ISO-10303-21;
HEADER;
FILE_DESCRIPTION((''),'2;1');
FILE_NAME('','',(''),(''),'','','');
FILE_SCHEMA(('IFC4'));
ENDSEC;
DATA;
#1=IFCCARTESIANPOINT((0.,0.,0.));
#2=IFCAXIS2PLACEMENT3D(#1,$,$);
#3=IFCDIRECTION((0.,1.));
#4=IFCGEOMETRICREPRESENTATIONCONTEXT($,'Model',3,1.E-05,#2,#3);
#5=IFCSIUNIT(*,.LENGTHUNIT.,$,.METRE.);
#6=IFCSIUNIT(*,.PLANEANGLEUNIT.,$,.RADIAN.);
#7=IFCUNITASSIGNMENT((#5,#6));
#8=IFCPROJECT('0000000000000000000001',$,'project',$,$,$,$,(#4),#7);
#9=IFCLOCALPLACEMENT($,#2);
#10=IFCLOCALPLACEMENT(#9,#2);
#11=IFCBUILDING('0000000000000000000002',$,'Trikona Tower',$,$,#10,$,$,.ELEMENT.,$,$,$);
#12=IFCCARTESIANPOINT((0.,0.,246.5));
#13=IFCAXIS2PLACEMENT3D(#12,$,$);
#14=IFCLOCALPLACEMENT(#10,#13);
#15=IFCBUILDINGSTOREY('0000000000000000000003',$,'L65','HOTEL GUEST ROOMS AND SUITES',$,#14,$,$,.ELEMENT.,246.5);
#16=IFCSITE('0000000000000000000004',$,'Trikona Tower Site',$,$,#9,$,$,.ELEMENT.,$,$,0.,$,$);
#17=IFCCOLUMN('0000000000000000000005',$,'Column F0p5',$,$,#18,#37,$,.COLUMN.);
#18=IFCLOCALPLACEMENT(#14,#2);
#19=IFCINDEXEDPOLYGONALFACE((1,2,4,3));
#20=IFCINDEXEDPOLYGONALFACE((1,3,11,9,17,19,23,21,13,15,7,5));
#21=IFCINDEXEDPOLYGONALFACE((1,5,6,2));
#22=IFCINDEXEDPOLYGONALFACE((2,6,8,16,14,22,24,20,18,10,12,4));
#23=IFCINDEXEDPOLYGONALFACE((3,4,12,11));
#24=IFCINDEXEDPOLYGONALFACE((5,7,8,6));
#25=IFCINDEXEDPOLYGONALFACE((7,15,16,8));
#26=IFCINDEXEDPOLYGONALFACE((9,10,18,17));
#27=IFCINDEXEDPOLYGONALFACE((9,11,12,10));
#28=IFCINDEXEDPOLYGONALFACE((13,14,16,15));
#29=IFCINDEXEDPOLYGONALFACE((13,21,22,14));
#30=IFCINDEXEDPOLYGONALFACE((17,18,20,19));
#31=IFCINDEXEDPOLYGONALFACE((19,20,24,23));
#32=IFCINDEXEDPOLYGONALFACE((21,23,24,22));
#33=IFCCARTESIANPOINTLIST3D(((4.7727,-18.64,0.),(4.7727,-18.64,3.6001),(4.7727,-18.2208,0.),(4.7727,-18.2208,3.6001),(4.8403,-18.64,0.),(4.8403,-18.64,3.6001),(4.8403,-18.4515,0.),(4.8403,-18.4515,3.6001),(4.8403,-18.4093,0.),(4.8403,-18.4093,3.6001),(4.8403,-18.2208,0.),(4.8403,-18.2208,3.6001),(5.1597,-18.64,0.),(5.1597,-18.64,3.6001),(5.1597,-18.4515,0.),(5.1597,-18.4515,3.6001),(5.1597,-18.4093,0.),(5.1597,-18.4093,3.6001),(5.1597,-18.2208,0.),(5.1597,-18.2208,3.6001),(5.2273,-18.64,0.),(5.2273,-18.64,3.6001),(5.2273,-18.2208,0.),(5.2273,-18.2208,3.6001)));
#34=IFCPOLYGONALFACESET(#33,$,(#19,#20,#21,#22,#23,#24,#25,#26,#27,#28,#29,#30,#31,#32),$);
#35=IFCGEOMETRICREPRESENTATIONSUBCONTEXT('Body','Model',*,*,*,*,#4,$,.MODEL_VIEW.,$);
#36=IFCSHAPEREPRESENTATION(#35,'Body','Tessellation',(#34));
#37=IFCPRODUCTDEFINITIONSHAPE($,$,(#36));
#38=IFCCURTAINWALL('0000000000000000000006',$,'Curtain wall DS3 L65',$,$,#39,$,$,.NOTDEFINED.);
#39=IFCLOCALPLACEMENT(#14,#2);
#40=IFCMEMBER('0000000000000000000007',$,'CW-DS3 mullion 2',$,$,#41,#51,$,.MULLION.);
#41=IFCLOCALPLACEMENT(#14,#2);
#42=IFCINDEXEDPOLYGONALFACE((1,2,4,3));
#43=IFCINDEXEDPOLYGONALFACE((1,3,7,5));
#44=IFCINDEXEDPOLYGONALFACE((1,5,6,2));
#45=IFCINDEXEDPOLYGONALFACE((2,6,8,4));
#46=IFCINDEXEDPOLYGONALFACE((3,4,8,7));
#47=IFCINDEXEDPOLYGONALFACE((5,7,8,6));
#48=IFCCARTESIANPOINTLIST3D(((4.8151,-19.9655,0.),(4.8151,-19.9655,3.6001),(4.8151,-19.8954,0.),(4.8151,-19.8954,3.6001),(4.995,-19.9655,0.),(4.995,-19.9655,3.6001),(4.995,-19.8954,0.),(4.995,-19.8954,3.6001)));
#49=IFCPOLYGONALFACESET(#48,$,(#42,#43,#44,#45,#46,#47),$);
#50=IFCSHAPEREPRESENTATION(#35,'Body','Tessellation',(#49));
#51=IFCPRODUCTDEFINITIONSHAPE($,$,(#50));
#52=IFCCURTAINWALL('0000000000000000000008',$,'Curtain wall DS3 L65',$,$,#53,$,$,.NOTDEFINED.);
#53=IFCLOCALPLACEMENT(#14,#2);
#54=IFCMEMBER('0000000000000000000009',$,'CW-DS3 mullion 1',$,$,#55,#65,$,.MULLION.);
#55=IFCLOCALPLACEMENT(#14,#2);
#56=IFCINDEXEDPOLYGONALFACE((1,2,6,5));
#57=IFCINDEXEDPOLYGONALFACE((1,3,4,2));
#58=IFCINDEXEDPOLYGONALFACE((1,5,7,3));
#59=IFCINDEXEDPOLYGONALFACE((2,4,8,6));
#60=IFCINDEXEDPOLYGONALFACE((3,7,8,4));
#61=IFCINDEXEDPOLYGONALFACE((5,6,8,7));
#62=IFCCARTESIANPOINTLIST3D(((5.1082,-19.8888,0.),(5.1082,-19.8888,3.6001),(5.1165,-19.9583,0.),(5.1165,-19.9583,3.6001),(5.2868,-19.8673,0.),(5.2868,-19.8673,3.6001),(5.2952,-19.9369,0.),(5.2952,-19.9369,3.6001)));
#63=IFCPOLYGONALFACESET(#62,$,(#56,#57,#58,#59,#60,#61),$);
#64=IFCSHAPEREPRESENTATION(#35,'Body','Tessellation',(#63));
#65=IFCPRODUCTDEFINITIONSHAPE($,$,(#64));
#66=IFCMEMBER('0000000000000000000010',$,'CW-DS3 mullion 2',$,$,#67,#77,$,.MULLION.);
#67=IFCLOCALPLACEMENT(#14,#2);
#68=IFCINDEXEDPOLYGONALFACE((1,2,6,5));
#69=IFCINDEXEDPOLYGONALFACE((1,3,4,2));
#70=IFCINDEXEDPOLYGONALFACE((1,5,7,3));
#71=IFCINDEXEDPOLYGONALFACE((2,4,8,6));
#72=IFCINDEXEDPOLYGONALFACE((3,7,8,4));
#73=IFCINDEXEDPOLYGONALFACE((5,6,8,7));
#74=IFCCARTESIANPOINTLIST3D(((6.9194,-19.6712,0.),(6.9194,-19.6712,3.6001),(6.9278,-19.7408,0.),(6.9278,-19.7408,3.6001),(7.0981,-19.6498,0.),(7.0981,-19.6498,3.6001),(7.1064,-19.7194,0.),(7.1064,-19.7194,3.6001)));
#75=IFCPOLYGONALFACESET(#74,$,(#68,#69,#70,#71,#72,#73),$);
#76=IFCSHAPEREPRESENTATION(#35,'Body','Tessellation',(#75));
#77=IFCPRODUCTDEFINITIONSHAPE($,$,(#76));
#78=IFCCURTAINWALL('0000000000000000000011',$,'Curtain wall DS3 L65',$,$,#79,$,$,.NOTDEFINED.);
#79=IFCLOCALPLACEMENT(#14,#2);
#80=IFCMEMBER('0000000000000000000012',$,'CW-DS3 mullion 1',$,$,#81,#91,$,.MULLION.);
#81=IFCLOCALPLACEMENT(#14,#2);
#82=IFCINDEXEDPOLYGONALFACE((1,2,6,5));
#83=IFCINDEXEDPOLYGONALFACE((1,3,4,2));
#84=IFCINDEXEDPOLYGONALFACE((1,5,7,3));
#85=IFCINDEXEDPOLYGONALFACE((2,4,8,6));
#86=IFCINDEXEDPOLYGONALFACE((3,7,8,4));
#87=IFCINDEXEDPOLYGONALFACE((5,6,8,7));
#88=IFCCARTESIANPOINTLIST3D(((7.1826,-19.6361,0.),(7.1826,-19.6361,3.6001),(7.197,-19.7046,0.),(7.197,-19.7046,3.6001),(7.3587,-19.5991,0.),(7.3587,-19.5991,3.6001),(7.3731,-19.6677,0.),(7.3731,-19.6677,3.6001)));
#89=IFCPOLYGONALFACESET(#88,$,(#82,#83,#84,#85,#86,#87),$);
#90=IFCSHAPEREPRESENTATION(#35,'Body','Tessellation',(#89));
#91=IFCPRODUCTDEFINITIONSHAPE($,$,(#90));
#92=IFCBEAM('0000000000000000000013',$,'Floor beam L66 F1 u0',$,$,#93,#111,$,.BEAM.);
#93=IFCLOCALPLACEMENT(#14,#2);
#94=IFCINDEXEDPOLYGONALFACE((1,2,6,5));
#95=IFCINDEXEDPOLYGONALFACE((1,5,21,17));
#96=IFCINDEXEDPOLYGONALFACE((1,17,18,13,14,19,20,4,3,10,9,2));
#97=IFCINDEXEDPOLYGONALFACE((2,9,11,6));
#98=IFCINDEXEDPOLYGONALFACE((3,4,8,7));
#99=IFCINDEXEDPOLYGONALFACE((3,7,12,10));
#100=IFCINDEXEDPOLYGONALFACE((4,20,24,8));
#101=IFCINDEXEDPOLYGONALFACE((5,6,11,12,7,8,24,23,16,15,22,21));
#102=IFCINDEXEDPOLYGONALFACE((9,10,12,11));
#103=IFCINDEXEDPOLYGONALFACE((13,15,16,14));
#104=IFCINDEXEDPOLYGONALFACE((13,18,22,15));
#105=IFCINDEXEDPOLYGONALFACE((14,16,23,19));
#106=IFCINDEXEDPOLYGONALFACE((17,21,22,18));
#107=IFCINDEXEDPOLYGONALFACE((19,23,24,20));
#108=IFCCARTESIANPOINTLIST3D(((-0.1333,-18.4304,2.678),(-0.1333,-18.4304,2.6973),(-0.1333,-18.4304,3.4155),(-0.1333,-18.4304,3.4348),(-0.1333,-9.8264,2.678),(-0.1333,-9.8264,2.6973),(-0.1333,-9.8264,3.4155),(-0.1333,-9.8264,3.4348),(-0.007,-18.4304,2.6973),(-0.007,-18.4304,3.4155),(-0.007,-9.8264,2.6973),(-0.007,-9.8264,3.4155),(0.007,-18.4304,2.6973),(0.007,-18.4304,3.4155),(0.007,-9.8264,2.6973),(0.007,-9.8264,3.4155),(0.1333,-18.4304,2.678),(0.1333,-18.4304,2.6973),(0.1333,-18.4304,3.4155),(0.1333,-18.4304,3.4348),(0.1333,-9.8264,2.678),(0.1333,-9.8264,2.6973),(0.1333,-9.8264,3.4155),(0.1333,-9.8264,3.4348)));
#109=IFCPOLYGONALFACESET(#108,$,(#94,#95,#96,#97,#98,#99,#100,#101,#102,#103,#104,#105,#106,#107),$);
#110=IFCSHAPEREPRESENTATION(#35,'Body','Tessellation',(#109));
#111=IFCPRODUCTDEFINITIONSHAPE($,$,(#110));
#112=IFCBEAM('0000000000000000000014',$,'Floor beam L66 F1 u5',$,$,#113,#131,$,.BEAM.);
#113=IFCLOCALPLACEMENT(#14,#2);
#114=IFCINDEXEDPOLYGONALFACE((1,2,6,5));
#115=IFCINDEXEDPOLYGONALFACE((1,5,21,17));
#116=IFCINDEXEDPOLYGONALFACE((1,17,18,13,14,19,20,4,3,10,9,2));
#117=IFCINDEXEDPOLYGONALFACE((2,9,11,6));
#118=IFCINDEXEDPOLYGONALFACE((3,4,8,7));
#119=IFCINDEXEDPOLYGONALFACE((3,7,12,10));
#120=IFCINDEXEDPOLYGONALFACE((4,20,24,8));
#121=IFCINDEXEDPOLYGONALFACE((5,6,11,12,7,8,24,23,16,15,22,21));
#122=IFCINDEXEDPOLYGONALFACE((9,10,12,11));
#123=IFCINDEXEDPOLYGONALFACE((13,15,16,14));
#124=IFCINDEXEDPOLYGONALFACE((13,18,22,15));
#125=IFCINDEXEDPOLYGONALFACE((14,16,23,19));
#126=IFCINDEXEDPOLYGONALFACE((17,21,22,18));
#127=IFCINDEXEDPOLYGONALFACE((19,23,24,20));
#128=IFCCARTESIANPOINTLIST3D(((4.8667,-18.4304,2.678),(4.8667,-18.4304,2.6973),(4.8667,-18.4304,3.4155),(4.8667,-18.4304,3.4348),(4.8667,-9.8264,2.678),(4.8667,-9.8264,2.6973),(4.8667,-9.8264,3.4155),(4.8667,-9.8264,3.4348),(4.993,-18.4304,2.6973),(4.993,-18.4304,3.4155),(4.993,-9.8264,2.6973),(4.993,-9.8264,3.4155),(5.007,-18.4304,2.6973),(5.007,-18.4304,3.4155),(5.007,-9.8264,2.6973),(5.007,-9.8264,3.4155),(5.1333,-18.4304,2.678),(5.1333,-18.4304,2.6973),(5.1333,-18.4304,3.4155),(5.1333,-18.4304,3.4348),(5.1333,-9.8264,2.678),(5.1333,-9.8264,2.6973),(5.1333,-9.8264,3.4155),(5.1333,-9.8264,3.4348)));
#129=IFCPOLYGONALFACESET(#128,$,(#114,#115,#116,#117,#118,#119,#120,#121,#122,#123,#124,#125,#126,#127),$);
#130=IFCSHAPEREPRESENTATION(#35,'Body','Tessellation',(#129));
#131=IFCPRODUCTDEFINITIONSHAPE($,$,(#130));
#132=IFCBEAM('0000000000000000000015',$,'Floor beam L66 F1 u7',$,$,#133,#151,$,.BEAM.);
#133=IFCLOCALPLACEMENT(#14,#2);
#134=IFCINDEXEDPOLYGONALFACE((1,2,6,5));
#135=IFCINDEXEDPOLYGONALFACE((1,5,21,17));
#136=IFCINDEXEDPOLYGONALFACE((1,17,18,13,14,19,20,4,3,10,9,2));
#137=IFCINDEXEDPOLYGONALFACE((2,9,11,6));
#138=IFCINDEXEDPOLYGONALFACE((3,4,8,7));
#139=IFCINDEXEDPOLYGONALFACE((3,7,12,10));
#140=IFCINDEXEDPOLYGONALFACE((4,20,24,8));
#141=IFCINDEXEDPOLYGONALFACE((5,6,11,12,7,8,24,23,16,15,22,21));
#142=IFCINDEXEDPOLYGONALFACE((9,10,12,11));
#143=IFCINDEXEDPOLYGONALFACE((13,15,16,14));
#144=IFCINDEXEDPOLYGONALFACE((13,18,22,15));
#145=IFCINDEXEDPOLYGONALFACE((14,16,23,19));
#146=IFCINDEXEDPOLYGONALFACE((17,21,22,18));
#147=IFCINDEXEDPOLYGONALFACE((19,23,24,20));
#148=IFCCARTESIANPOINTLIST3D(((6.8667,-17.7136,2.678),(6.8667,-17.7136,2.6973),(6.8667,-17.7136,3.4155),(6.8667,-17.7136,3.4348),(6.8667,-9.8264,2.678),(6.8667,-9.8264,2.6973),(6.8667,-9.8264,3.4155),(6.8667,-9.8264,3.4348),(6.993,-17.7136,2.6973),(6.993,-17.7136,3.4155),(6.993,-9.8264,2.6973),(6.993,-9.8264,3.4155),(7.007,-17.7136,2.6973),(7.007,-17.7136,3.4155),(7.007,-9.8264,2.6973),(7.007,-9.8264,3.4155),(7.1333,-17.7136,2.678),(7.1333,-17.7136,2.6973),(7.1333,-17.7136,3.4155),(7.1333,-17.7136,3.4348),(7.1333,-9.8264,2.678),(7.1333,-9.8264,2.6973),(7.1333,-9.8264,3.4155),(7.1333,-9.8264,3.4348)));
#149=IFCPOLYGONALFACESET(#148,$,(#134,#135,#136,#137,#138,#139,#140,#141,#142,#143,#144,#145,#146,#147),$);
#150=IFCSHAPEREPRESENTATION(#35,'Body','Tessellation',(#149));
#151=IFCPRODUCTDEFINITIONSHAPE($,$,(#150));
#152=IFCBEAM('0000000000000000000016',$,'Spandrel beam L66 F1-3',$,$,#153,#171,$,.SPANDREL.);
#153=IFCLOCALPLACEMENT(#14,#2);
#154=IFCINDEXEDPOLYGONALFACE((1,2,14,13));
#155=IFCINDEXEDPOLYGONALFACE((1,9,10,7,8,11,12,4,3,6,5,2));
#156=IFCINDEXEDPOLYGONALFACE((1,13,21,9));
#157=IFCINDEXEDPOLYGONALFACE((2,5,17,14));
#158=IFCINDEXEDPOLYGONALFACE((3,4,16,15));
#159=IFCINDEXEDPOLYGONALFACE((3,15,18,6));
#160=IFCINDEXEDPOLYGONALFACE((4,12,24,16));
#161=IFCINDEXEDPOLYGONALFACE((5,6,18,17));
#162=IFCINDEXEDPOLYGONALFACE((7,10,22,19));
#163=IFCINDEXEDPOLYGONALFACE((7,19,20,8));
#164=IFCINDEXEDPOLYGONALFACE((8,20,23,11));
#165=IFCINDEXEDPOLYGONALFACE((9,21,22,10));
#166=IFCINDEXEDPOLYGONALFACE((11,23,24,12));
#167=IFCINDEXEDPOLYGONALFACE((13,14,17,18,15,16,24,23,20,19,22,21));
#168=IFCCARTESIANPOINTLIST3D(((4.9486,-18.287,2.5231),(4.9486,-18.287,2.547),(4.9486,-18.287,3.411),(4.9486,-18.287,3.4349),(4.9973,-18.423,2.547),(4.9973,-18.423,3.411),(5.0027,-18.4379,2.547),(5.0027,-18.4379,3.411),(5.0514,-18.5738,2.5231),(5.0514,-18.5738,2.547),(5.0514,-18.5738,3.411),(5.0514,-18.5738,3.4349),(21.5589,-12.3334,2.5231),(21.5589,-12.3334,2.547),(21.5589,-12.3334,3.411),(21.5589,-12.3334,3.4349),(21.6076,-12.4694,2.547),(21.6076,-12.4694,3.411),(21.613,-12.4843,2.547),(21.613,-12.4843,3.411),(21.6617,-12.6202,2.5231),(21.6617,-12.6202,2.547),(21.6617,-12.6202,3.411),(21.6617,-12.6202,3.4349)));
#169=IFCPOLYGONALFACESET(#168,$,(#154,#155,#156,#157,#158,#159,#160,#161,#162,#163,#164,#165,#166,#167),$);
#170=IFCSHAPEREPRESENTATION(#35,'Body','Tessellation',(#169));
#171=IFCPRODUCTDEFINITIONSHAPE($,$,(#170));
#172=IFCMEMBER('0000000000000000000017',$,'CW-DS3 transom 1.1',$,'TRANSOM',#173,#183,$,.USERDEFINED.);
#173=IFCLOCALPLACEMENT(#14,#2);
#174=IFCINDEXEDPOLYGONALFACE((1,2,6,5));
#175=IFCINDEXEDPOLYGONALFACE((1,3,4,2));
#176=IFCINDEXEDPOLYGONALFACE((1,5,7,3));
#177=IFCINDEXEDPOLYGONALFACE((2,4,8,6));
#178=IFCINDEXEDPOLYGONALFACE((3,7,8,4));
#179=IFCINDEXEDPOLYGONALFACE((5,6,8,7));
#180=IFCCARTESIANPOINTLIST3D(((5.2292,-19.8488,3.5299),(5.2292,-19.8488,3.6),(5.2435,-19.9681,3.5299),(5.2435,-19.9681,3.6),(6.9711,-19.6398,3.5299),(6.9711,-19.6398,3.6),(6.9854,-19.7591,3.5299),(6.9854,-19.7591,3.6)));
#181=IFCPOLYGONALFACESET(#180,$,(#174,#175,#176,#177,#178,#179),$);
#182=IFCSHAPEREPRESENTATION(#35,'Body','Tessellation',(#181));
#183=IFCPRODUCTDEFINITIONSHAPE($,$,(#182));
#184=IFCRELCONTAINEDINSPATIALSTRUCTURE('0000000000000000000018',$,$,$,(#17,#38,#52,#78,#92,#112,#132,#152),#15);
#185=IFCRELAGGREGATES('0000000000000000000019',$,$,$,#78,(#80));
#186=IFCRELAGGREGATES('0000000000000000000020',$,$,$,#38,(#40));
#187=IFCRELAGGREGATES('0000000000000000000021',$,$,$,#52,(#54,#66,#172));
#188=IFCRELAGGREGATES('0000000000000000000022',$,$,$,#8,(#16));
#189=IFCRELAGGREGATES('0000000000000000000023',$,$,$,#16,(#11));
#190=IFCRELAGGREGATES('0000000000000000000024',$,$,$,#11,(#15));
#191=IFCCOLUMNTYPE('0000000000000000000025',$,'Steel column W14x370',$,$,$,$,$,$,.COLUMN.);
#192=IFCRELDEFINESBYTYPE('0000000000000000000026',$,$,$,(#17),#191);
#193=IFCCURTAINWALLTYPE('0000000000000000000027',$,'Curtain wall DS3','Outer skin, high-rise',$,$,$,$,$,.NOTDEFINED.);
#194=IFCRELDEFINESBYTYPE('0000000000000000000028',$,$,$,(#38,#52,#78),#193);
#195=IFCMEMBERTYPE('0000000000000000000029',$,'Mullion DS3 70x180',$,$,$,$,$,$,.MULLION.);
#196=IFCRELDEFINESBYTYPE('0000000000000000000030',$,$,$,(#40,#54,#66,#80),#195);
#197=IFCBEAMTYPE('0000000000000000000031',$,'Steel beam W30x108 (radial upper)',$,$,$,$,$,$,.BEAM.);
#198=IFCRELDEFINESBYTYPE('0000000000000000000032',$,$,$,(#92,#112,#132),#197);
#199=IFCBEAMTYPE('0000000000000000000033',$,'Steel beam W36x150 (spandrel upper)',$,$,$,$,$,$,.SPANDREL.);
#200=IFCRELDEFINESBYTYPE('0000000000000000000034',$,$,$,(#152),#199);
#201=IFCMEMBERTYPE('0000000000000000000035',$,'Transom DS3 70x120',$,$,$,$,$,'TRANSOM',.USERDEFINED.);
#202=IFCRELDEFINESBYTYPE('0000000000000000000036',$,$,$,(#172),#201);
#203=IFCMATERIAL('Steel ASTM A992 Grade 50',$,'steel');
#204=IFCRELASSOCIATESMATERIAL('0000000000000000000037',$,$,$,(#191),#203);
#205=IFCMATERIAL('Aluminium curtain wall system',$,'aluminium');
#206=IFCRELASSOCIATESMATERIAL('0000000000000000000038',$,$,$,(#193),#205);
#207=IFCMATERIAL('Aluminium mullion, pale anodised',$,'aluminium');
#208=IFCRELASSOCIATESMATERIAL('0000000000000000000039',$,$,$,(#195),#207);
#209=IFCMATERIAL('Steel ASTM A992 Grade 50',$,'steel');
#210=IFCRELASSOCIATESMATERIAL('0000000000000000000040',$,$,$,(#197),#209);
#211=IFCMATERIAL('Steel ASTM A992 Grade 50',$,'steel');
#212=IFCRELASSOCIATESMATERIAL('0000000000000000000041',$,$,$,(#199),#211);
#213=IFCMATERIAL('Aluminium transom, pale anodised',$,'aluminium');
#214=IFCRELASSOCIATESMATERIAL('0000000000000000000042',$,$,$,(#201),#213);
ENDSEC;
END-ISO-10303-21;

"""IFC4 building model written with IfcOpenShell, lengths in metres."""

from ifc_helpers import new_model, si_unit, direction, frame, origin, origin_2d, place, context, subcontext, project, spatial, rectangle, i_section, extrude, material, material_profile, profile_set, type_object, element, aggregate, save


model = new_model("IFC4")

# Units and contexts
model_context = context("Model", 3, precision=1e-05, world=origin(), true_north=direction((0.0, 1.0)))
body_context = subcontext(model_context, "Body", "Model", "MODEL_VIEW")
ifc_project = project(units=[si_unit("LENGTHUNIT", "METRE"), si_unit("PLANEANGLEUNIT", "RADIAN")], contexts=[model_context])

# Site, building, storey
site_placement = place(None, origin())
site = spatial("IfcSite", under=ifc_project, at=site_placement, Name="Trikona Tower Site", CompositionType="ELEMENT", RefElevation=0.0)
building_placement = place(site_placement, origin())
building = spatial("IfcBuilding", under=site, at=building_placement, Name="Trikona Tower", CompositionType="ELEMENT")
storey_placement = place(building_placement, frame((0.0, 0.0, 246.5)))
storey = spatial("IfcBuildingStorey", under=building, at=storey_placement, Name="L65", Description="HOTEL GUEST ROOMS AND SUITES", CompositionType="ELEMENT", Elevation=246.5)

# Column
ifc_material_1 = material(Name="Steel ASTM A992 Grade 50", Category="steel")
ifc_material_profile_1 = material_profile(ifc_material_1, i_section(OverallWidth=0.4192, OverallDepth=0.4546, WebThickness=0.0422, FlangeThickness=0.0676, at=origin_2d()), Name="W14X370")
ifc_profile_set_1 = profile_set([ifc_material_profile_1], Name="Steel ASTM A992 Grade 50")
column_type = type_object("IfcColumnType", Name="Steel column W14x370", PredefinedType="COLUMN", material=ifc_profile_set_1)
column_placement = place(storey_placement, frame((5.0, -18.4304, 0.0), z_axis=(0.0, 0.0, 1.0), x_axis=(0.0, -1.0, 0.0)))
element("IfcColumn", 1, at=column_placement, inside=storey, type_object=column_type, Name="Column F0p5", PredefinedType="COLUMN", context=body_context, shape_type="SweptSolid", body=[
    extrude(i_section(OverallWidth=0.4192, OverallDepth=0.4546, WebThickness=0.0422, FlangeThickness=0.0676, at=origin_2d()), origin(), (0.0, 0.0, 1.0), 3.6001),
])

# Curtain wall, member
ifc_material_2 = material(Name="Aluminium curtain wall system", Category="aluminium")
curtain_wall_type = type_object("IfcCurtainWallType", Name="Curtain wall DS3", Description="Outer skin, high-rise", PredefinedType="NOTDEFINED", material=ifc_material_2)
curtain_wall_1_placement = place(storey_placement, origin())
curtain_wall_1 = element("IfcCurtainWall", 2, at=curtain_wall_1_placement, inside=storey, type_object=curtain_wall_type, Name="Curtain wall DS3 L65", PredefinedType="NOTDEFINED")
ifc_material_3 = material(Name="Aluminium mullion, pale anodised", Category="aluminium")
ifc_material_profile_2 = material_profile(ifc_material_3, rectangle(XDim=0.0701, YDim=0.1799, at=origin_2d()), Name="MUL-DS3")
ifc_profile_set_2 = profile_set([ifc_material_profile_2], Name="Aluminium mullion, pale anodised")
member_type_1 = type_object("IfcMemberType", Name="Mullion DS3 70x180", PredefinedType="MULLION", material=ifc_profile_set_2)
member_1_placement = place(storey_placement, frame((4.905, -19.9304, 0.0), z_axis=(0.0, 0.0, 1.0), x_axis=(0.0, 1.0, 0.0)))
member_1 = element("IfcMember", 3, at=member_1_placement, type_object=member_type_1, Name="CW-DS3 mullion 2", PredefinedType="MULLION", context=body_context, shape_type="SweptSolid", body=[
    extrude(rectangle(XDim=0.0701, YDim=0.1799, at=origin_2d()), origin(), (0.0, 0.0, 1.0), 3.6001),
])

# Curtain wall, members
curtain_wall_2_placement = place(storey_placement, origin())
curtain_wall_2 = element("IfcCurtainWall", 4, at=curtain_wall_2_placement, inside=storey, type_object=curtain_wall_type, Name="Curtain wall DS3 L65", PredefinedType="NOTDEFINED")
member_2_placement = place(storey_placement, frame((5.2017, -19.9128, 0.0), z_axis=(0.0, 0.0, 1.0), x_axis=(-0.119141, 0.992877, 0.0)))
member_2 = element("IfcMember", 5, at=member_2_placement, type_object=member_type_1, Name="CW-DS3 mullion 1", PredefinedType="MULLION", context=body_context, shape_type="SweptSolid", body=[
    extrude(rectangle(XDim=0.0701, YDim=0.1799, at=origin_2d()), origin(), (0.0, 0.0, 1.0), 3.6001),
])
member_3_placement = place(storey_placement, frame((7.0129, -19.6953, 0.0), z_axis=(0.0, 0.0, 1.0), x_axis=(-0.119141, 0.992877, 0.0)))
member_3 = element("IfcMember", 6, at=member_3_placement, type_object=member_type_1, Name="CW-DS3 mullion 2", PredefinedType="MULLION", context=body_context, shape_type="SweptSolid", body=[
    extrude(rectangle(XDim=0.0701, YDim=0.1799, at=origin_2d()), origin(), (0.0, 0.0, 1.0), 3.6001),
])

# Curtain wall, member
curtain_wall_3_placement = place(storey_placement, origin())
curtain_wall_3 = element("IfcCurtainWall", 7, at=curtain_wall_3_placement, inside=storey, type_object=curtain_wall_type, Name="Curtain wall DS3 L65", PredefinedType="NOTDEFINED")
member_4_placement = place(storey_placement, frame((7.2778, -19.6519, 0.0), z_axis=(0.0, 0.0, 1.0), x_axis=(-0.205527, 0.978651, 0.0)))
member_4 = element("IfcMember", 8, at=member_4_placement, type_object=member_type_1, Name="CW-DS3 mullion 1", PredefinedType="MULLION", context=body_context, shape_type="SweptSolid", body=[
    extrude(rectangle(XDim=0.0701, YDim=0.1799, at=origin_2d()), origin(), (0.0, 0.0, 1.0), 3.6001),
])

# Beams
ifc_material_4 = material(Name="Steel ASTM A992 Grade 50", Category="steel")
ifc_material_profile_3 = material_profile(ifc_material_4, i_section(OverallWidth=0.2666, OverallDepth=0.7568, WebThickness=0.0139, FlangeThickness=0.0193, at=origin_2d()), Name="W30X108")
ifc_profile_set_3 = profile_set([ifc_material_profile_3], Name="Steel ASTM A992 Grade 50")
beam_type_1 = type_object("IfcBeamType", Name="Steel beam W30x108 (radial upper)", PredefinedType="BEAM", material=ifc_profile_set_3)
for number, where, z_axis, x_axis, name in (
    (9, (0.0, -9.8264, 3.0564), (0.0, -1.0, 0.0), (1.0, 0.0, 0.0), "Floor beam L66 F1 u0"),
    (10, (5.0, -9.8264, 3.0564), (0.0, -1.0, 0.0), (1.0, 0.0, 0.0), "Floor beam L66 F1 u5"),
):
    element("IfcBeam", number, at=place(storey_placement, frame(where, z_axis=z_axis, x_axis=x_axis)), inside=storey, type_object=beam_type_1, Name=name, PredefinedType="BEAM", context=body_context, shape_type="SweptSolid", body=[
        extrude(i_section(OverallWidth=0.2666, OverallDepth=0.7568, WebThickness=0.0139, FlangeThickness=0.0193, at=origin_2d()), origin(), (0.0, 0.0, 1.0), 8.604),
    ])
beam_1_placement = place(storey_placement, frame((7.0, -9.8264, 3.0564), z_axis=(0.0, -1.0, 0.0), x_axis=(1.0, 0.0, 0.0)))
element("IfcBeam", 11, at=beam_1_placement, inside=storey, type_object=beam_type_1, Name="Floor beam L66 F1 u7", PredefinedType="BEAM", context=body_context, shape_type="SweptSolid", body=[
    extrude(i_section(OverallWidth=0.2666, OverallDepth=0.7568, WebThickness=0.0139, FlangeThickness=0.0193, at=origin_2d()), origin(), (0.0, 0.0, 1.0), 7.8872),
])
ifc_material_5 = material(Name="Steel ASTM A992 Grade 50", Category="steel")
ifc_material_profile_4 = material_profile(ifc_material_5, i_section(OverallWidth=0.3047, OverallDepth=0.9119, WebThickness=0.0159, FlangeThickness=0.0239, at=origin_2d()), Name="W36X150")
ifc_profile_set_4 = profile_set([ifc_material_profile_4], Name="Steel ASTM A992 Grade 50")
beam_type_2 = type_object("IfcBeamType", Name="Steel beam W36x150 (spandrel upper)", PredefinedType="SPANDREL", material=ifc_profile_set_4)
beam_2_placement = place(storey_placement, frame((5.0, -18.4304, 2.979), z_axis=(0.941358, 0.337409, 0.0), x_axis=(-0.337409, 0.941358, 0.0)))
element("IfcBeam", 12, at=beam_2_placement, inside=storey, type_object=beam_type_2, Name="Spandrel beam L66 F1-3", PredefinedType="SPANDREL", context=body_context, shape_type="SweptSolid", body=[
    extrude(i_section(OverallWidth=0.3047, OverallDepth=0.9119, WebThickness=0.0159, FlangeThickness=0.0239, at=origin_2d()), origin(), (0.0, 0.0, 1.0), 17.645),
])

# Member
ifc_material_6 = material(Name="Aluminium transom, pale anodised", Category="aluminium")
ifc_material_profile_5 = material_profile(ifc_material_6, rectangle(XDim=0.1201, YDim=0.0701, at=origin_2d()), Name="TRN-DS3")
ifc_profile_set_5 = profile_set([ifc_material_profile_5], Name="Aluminium transom, pale anodised")
member_type_2 = type_object("IfcMemberType", Name="Transom DS3 70x120", ElementType="TRANSOM", PredefinedType="USERDEFINED", material=ifc_profile_set_5)
member_5_placement = place(storey_placement, frame((5.2363, -19.9084, 3.5649), z_axis=(0.99288, 0.119118, 0.0), x_axis=(-0.119118, 0.99288, 0.0)))
member_5 = element("IfcMember", 13, at=member_5_placement, type_object=member_type_2, Name="CW-DS3 transom 1.1", ObjectType="TRANSOM", PredefinedType="USERDEFINED", context=body_context, shape_type="SweptSolid", body=[
    extrude(rectangle(XDim=0.1201, YDim=0.0701, at=origin_2d()), origin(), (0.0, 0.0, 1.0), 1.7544),
])
aggregate(curtain_wall_3, [member_4])

aggregate(curtain_wall_1, [member_1])
aggregate(curtain_wall_2, [member_2, member_3, member_5])

save(model, "model.ifc")
